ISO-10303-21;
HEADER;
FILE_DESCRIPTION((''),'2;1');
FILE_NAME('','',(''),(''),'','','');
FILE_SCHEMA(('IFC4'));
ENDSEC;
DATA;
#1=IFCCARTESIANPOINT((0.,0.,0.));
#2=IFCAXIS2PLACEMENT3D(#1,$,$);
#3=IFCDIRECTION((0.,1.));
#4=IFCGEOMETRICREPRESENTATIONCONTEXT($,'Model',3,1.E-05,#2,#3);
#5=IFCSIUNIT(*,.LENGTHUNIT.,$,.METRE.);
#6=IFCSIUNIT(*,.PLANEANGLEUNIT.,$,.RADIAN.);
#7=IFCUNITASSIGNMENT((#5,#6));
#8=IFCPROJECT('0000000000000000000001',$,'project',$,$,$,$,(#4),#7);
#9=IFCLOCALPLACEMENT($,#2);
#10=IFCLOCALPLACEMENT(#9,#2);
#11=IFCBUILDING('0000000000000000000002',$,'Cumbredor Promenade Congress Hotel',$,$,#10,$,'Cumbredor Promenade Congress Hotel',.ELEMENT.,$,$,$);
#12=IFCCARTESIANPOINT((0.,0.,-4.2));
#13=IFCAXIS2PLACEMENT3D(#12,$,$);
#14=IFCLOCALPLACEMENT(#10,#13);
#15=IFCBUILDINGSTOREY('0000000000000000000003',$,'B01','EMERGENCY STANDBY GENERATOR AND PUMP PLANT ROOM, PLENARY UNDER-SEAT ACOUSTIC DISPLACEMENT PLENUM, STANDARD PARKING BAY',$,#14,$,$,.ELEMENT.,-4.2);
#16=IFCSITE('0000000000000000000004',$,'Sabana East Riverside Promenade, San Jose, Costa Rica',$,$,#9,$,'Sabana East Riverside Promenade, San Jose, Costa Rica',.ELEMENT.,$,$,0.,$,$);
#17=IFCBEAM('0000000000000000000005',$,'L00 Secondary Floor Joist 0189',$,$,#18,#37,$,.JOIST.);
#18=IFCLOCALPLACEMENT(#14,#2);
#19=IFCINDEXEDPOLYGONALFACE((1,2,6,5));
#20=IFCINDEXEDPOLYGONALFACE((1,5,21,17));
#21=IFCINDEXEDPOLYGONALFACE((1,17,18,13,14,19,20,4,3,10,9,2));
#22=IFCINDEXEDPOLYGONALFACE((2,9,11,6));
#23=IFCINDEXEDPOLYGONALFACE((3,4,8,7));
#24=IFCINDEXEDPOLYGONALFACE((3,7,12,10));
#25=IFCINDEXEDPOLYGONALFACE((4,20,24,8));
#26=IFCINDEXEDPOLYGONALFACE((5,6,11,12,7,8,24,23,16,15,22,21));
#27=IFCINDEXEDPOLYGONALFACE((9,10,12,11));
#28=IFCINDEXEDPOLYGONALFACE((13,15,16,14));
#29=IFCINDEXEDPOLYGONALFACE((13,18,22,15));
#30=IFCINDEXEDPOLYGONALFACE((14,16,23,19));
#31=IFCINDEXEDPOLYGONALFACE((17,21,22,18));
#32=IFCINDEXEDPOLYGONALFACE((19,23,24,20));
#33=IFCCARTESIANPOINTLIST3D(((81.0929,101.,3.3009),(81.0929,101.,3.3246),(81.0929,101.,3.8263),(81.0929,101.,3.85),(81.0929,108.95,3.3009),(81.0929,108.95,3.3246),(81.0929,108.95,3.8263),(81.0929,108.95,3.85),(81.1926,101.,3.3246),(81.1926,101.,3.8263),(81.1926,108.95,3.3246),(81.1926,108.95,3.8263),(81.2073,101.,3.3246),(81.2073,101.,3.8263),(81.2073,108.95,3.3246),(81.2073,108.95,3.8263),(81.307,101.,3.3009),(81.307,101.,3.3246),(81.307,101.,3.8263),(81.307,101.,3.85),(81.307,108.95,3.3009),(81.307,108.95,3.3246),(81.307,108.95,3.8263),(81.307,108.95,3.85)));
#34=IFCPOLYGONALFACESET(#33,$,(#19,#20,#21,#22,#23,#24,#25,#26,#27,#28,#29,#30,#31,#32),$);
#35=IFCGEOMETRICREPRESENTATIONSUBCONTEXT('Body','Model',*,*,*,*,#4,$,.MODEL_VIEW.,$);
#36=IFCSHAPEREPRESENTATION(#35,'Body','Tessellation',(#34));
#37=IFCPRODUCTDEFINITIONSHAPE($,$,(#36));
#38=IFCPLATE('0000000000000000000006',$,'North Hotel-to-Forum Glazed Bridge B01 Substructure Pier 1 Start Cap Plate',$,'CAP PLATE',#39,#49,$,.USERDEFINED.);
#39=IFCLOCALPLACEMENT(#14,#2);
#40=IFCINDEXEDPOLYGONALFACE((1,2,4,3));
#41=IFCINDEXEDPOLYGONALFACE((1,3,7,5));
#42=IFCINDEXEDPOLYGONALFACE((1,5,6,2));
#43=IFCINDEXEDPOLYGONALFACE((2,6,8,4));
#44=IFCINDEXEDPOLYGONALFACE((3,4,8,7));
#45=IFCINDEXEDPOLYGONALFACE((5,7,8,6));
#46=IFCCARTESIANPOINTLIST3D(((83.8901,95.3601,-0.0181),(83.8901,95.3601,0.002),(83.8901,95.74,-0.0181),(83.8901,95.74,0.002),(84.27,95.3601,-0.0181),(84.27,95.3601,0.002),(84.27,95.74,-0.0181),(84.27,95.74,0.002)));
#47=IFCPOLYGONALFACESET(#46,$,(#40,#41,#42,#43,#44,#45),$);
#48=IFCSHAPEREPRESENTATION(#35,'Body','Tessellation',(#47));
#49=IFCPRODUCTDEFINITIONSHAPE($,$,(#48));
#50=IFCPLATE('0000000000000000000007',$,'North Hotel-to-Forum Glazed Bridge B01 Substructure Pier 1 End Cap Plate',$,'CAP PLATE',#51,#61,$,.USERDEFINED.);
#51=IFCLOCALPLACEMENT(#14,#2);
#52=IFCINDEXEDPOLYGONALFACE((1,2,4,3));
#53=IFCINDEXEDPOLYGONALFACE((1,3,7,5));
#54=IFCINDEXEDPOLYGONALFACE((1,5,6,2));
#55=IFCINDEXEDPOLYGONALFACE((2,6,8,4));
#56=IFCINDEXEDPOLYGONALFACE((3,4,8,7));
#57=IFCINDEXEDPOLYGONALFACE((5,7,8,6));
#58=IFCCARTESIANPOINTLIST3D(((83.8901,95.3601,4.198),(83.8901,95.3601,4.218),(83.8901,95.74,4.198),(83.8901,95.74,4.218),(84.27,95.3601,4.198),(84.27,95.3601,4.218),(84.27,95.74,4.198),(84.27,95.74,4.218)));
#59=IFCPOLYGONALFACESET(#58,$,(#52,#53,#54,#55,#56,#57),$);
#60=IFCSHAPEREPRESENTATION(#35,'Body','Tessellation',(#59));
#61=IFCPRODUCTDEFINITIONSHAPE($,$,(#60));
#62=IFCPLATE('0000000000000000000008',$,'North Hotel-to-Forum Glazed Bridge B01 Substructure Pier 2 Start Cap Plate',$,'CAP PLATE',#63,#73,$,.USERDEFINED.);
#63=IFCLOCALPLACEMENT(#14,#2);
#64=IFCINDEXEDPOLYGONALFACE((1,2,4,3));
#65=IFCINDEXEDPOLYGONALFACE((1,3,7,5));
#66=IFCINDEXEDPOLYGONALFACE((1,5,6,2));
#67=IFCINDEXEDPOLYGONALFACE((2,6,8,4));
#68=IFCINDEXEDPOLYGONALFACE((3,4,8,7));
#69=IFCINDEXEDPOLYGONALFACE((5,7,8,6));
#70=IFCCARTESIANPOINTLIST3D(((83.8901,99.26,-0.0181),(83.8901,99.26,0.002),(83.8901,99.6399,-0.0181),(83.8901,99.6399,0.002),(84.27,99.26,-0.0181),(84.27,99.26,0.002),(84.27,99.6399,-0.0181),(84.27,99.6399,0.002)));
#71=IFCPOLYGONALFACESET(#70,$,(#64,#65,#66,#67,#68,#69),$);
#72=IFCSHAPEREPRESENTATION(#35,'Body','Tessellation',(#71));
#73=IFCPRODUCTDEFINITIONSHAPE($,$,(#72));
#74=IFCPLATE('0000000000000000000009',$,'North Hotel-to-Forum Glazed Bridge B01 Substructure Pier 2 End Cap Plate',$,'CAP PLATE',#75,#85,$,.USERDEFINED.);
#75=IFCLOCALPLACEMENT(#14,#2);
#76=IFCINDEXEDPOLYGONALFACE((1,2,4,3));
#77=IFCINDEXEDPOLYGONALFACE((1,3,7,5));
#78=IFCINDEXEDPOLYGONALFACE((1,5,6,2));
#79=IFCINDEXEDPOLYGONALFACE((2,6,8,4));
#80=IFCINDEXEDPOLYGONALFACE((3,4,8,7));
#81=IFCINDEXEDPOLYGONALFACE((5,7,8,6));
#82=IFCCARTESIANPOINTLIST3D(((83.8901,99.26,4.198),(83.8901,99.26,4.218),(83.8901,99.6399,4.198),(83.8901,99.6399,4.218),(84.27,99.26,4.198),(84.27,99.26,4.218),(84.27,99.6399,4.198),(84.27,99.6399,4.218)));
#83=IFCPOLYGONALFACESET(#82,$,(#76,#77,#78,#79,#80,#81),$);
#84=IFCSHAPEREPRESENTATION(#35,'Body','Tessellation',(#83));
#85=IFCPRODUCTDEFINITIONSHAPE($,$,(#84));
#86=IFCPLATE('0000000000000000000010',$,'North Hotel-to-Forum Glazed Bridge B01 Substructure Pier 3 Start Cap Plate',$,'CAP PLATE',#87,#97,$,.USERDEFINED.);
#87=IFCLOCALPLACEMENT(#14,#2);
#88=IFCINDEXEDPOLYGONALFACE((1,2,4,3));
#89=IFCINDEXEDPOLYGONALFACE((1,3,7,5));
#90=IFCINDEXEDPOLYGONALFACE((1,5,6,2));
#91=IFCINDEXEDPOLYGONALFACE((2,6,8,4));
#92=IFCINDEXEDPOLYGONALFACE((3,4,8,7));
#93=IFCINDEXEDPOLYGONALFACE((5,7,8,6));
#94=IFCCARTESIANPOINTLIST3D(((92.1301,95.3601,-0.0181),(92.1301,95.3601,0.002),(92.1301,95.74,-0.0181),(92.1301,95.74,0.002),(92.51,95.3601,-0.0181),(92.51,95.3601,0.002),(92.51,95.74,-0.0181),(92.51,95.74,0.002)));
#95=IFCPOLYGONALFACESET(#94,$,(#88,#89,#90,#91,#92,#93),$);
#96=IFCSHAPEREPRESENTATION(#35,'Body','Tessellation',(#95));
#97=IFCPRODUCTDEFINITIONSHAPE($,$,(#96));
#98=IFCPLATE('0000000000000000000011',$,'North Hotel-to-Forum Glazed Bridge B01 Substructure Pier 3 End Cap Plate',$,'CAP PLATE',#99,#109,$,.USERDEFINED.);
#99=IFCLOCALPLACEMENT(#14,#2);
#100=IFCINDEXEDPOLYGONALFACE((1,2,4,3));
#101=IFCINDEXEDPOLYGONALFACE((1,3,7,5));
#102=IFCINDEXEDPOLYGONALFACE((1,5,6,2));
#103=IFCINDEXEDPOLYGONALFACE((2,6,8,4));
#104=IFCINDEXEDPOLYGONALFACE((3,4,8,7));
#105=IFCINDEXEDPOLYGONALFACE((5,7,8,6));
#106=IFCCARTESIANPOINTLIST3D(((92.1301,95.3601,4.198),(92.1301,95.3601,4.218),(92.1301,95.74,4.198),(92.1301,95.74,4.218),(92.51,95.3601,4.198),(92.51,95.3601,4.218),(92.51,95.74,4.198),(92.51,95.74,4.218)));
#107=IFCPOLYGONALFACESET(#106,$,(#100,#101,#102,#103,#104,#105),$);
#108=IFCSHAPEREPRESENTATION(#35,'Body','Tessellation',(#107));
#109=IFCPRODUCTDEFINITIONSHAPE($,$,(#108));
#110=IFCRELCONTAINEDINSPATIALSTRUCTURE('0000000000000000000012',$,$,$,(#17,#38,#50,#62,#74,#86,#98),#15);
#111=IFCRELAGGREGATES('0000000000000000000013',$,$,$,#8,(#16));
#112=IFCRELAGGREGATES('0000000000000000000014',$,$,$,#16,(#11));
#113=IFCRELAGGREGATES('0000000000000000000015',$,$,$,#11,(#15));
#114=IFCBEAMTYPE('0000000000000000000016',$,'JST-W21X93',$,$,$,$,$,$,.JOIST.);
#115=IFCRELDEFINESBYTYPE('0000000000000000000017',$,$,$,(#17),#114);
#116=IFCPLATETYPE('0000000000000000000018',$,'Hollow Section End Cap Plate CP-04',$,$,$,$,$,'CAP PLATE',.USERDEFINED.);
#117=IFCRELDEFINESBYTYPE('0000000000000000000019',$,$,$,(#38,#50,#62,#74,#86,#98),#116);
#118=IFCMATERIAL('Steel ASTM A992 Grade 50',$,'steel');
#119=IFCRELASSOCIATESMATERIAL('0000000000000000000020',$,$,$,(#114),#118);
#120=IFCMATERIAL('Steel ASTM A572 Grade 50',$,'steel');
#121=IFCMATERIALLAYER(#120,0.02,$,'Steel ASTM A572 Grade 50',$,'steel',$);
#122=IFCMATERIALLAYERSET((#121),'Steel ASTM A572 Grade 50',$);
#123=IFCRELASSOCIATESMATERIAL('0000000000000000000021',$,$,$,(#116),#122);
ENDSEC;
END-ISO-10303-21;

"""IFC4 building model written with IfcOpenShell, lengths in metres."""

from ifc_helpers import new_model, si_unit, direction, frame, origin, origin_2d, place, context, subcontext, project, spatial, rectangle, i_section, extrude, material, layer, layer_set, material_profile, profile_set, type_object, element, save


model = new_model("IFC4")

# Units and contexts
model_context = context("Model", 3, precision=1e-05, world=origin(), true_north=direction((0.0, 1.0)))
body_context = subcontext(model_context, "Body", "Model", "MODEL_VIEW")
ifc_project = project(units=[si_unit("LENGTHUNIT", "METRE"), si_unit("PLANEANGLEUNIT", "RADIAN")], contexts=[model_context])

# Site, building, storey
site_placement = place(None, origin())
site = spatial("IfcSite", under=ifc_project, at=site_placement, Name="Sabana East Riverside Promenade, San Jose, Costa Rica", LongName="Sabana East Riverside Promenade, San Jose, Costa Rica", CompositionType="ELEMENT", RefElevation=0.0)
building_placement = place(site_placement, origin())
building = spatial("IfcBuilding", under=site, at=building_placement, Name="Cumbredor Promenade Congress Hotel", LongName="Cumbredor Promenade Congress Hotel", CompositionType="ELEMENT")
storey_placement = place(building_placement, frame((0.0, 0.0, -4.2)))
storey = spatial("IfcBuildingStorey", under=building, at=storey_placement, Name="B01", Description="EMERGENCY STANDBY GENERATOR AND PUMP PLANT ROOM, PLENARY UNDER-SEAT ACOUSTIC DISPLACEMENT PLENUM, STANDARD PARKING BAY", CompositionType="ELEMENT", Elevation=-4.2)

# Beam
ifc_material_1 = material(Name="Steel ASTM A992 Grade 50", Category="steel")
ifc_material_profile_1 = material_profile(ifc_material_1, i_section(OverallWidth=0.2141, OverallDepth=0.5491, WebThickness=0.0146, FlangeThickness=0.0237, at=origin_2d()), Name="W21X93")
ifc_profile_set_1 = profile_set([ifc_material_profile_1], Name="Steel ASTM A992 Grade 50")
beam_type_1 = type_object("IfcBeamType", Name="JST-W21X93", PredefinedType="JOIST", material=ifc_profile_set_1)
for number, where, z_axis, x_axis, name in (
    (1, (81.2, 101.0, 3.5754), (0.0, 1.0, 0.0), (-1.0, 0.0, 0.0), "L00 Secondary Floor Joist 0189"),
):
    element("IfcBeam", number, at=place(storey_placement, frame(where, z_axis=z_axis, x_axis=x_axis)), inside=storey, type_object=beam_type_1, Name=name, PredefinedType="JOIST", context=body_context, shape_type="SweptSolid", body=[
        extrude(i_section(OverallWidth=0.2141, OverallDepth=0.5491, WebThickness=0.0146, FlangeThickness=0.0237, at=origin_2d()), origin(), (0.0, 0.0, 1.0), 7.95),
    ])

# Plates
ifc_material_2 = material(Name="Steel ASTM A572 Grade 50", Category="steel")
ifc_layer = layer(ifc_material_2, 0.02, Name="Steel ASTM A572 Grade 50", Category="steel")
ifc_layer_set = layer_set([ifc_layer], Name="Steel ASTM A572 Grade 50")
plate_type = type_object("IfcPlateType", Name="Hollow Section End Cap Plate CP-04", ElementType="CAP PLATE", PredefinedType="USERDEFINED", material=ifc_layer_set)
for number, where, z_axis, x_axis, name in (
    (2, (84.0801, 95.55, -0.0181), (0.0, 0.0, 1.0), (1.0, 0.0, 0.0), "North Hotel-to-Forum Glazed Bridge B01 Substructure Pier 1 Start Cap Plate"),
    (3, (84.0801, 95.55, 4.198), (0.0, 0.0, 1.0), (1.0, 0.0, 0.0), "North Hotel-to-Forum Glazed Bridge B01 Substructure Pier 1 End Cap Plate"),
    (4, (84.0801, 99.45, -0.0181), (0.0, 0.0, 1.0), (1.0, 0.0, 0.0), "North Hotel-to-Forum Glazed Bridge B01 Substructure Pier 2 Start Cap Plate"),
    (5, (84.0801, 99.45, 4.198), (0.0, 0.0, 1.0), (1.0, 0.0, 0.0), "North Hotel-to-Forum Glazed Bridge B01 Substructure Pier 2 End Cap Plate"),
    (6, (92.3201, 95.55, -0.0181), (0.0, 0.0, 1.0), (1.0, 0.0, 0.0), "North Hotel-to-Forum Glazed Bridge B01 Substructure Pier 3 Start Cap Plate"),
    (7, (92.3201, 95.55, 4.198), (0.0, 0.0, 1.0), (1.0, 0.0, 0.0), "North Hotel-to-Forum Glazed Bridge B01 Substructure Pier 3 End Cap Plate"),
):
    element("IfcPlate", number, at=place(storey_placement, frame(where, z_axis=z_axis, x_axis=x_axis)), inside=storey, type_object=plate_type, Name=name, ObjectType="CAP PLATE", PredefinedType="USERDEFINED", context=body_context, shape_type="SweptSolid", body=[
        extrude(rectangle(XDim=0.3799, YDim=0.3799, at=origin_2d()), origin(), (0.0, 0.0, 1.0), 0.02),
    ])

save(model, "model.ifc")
